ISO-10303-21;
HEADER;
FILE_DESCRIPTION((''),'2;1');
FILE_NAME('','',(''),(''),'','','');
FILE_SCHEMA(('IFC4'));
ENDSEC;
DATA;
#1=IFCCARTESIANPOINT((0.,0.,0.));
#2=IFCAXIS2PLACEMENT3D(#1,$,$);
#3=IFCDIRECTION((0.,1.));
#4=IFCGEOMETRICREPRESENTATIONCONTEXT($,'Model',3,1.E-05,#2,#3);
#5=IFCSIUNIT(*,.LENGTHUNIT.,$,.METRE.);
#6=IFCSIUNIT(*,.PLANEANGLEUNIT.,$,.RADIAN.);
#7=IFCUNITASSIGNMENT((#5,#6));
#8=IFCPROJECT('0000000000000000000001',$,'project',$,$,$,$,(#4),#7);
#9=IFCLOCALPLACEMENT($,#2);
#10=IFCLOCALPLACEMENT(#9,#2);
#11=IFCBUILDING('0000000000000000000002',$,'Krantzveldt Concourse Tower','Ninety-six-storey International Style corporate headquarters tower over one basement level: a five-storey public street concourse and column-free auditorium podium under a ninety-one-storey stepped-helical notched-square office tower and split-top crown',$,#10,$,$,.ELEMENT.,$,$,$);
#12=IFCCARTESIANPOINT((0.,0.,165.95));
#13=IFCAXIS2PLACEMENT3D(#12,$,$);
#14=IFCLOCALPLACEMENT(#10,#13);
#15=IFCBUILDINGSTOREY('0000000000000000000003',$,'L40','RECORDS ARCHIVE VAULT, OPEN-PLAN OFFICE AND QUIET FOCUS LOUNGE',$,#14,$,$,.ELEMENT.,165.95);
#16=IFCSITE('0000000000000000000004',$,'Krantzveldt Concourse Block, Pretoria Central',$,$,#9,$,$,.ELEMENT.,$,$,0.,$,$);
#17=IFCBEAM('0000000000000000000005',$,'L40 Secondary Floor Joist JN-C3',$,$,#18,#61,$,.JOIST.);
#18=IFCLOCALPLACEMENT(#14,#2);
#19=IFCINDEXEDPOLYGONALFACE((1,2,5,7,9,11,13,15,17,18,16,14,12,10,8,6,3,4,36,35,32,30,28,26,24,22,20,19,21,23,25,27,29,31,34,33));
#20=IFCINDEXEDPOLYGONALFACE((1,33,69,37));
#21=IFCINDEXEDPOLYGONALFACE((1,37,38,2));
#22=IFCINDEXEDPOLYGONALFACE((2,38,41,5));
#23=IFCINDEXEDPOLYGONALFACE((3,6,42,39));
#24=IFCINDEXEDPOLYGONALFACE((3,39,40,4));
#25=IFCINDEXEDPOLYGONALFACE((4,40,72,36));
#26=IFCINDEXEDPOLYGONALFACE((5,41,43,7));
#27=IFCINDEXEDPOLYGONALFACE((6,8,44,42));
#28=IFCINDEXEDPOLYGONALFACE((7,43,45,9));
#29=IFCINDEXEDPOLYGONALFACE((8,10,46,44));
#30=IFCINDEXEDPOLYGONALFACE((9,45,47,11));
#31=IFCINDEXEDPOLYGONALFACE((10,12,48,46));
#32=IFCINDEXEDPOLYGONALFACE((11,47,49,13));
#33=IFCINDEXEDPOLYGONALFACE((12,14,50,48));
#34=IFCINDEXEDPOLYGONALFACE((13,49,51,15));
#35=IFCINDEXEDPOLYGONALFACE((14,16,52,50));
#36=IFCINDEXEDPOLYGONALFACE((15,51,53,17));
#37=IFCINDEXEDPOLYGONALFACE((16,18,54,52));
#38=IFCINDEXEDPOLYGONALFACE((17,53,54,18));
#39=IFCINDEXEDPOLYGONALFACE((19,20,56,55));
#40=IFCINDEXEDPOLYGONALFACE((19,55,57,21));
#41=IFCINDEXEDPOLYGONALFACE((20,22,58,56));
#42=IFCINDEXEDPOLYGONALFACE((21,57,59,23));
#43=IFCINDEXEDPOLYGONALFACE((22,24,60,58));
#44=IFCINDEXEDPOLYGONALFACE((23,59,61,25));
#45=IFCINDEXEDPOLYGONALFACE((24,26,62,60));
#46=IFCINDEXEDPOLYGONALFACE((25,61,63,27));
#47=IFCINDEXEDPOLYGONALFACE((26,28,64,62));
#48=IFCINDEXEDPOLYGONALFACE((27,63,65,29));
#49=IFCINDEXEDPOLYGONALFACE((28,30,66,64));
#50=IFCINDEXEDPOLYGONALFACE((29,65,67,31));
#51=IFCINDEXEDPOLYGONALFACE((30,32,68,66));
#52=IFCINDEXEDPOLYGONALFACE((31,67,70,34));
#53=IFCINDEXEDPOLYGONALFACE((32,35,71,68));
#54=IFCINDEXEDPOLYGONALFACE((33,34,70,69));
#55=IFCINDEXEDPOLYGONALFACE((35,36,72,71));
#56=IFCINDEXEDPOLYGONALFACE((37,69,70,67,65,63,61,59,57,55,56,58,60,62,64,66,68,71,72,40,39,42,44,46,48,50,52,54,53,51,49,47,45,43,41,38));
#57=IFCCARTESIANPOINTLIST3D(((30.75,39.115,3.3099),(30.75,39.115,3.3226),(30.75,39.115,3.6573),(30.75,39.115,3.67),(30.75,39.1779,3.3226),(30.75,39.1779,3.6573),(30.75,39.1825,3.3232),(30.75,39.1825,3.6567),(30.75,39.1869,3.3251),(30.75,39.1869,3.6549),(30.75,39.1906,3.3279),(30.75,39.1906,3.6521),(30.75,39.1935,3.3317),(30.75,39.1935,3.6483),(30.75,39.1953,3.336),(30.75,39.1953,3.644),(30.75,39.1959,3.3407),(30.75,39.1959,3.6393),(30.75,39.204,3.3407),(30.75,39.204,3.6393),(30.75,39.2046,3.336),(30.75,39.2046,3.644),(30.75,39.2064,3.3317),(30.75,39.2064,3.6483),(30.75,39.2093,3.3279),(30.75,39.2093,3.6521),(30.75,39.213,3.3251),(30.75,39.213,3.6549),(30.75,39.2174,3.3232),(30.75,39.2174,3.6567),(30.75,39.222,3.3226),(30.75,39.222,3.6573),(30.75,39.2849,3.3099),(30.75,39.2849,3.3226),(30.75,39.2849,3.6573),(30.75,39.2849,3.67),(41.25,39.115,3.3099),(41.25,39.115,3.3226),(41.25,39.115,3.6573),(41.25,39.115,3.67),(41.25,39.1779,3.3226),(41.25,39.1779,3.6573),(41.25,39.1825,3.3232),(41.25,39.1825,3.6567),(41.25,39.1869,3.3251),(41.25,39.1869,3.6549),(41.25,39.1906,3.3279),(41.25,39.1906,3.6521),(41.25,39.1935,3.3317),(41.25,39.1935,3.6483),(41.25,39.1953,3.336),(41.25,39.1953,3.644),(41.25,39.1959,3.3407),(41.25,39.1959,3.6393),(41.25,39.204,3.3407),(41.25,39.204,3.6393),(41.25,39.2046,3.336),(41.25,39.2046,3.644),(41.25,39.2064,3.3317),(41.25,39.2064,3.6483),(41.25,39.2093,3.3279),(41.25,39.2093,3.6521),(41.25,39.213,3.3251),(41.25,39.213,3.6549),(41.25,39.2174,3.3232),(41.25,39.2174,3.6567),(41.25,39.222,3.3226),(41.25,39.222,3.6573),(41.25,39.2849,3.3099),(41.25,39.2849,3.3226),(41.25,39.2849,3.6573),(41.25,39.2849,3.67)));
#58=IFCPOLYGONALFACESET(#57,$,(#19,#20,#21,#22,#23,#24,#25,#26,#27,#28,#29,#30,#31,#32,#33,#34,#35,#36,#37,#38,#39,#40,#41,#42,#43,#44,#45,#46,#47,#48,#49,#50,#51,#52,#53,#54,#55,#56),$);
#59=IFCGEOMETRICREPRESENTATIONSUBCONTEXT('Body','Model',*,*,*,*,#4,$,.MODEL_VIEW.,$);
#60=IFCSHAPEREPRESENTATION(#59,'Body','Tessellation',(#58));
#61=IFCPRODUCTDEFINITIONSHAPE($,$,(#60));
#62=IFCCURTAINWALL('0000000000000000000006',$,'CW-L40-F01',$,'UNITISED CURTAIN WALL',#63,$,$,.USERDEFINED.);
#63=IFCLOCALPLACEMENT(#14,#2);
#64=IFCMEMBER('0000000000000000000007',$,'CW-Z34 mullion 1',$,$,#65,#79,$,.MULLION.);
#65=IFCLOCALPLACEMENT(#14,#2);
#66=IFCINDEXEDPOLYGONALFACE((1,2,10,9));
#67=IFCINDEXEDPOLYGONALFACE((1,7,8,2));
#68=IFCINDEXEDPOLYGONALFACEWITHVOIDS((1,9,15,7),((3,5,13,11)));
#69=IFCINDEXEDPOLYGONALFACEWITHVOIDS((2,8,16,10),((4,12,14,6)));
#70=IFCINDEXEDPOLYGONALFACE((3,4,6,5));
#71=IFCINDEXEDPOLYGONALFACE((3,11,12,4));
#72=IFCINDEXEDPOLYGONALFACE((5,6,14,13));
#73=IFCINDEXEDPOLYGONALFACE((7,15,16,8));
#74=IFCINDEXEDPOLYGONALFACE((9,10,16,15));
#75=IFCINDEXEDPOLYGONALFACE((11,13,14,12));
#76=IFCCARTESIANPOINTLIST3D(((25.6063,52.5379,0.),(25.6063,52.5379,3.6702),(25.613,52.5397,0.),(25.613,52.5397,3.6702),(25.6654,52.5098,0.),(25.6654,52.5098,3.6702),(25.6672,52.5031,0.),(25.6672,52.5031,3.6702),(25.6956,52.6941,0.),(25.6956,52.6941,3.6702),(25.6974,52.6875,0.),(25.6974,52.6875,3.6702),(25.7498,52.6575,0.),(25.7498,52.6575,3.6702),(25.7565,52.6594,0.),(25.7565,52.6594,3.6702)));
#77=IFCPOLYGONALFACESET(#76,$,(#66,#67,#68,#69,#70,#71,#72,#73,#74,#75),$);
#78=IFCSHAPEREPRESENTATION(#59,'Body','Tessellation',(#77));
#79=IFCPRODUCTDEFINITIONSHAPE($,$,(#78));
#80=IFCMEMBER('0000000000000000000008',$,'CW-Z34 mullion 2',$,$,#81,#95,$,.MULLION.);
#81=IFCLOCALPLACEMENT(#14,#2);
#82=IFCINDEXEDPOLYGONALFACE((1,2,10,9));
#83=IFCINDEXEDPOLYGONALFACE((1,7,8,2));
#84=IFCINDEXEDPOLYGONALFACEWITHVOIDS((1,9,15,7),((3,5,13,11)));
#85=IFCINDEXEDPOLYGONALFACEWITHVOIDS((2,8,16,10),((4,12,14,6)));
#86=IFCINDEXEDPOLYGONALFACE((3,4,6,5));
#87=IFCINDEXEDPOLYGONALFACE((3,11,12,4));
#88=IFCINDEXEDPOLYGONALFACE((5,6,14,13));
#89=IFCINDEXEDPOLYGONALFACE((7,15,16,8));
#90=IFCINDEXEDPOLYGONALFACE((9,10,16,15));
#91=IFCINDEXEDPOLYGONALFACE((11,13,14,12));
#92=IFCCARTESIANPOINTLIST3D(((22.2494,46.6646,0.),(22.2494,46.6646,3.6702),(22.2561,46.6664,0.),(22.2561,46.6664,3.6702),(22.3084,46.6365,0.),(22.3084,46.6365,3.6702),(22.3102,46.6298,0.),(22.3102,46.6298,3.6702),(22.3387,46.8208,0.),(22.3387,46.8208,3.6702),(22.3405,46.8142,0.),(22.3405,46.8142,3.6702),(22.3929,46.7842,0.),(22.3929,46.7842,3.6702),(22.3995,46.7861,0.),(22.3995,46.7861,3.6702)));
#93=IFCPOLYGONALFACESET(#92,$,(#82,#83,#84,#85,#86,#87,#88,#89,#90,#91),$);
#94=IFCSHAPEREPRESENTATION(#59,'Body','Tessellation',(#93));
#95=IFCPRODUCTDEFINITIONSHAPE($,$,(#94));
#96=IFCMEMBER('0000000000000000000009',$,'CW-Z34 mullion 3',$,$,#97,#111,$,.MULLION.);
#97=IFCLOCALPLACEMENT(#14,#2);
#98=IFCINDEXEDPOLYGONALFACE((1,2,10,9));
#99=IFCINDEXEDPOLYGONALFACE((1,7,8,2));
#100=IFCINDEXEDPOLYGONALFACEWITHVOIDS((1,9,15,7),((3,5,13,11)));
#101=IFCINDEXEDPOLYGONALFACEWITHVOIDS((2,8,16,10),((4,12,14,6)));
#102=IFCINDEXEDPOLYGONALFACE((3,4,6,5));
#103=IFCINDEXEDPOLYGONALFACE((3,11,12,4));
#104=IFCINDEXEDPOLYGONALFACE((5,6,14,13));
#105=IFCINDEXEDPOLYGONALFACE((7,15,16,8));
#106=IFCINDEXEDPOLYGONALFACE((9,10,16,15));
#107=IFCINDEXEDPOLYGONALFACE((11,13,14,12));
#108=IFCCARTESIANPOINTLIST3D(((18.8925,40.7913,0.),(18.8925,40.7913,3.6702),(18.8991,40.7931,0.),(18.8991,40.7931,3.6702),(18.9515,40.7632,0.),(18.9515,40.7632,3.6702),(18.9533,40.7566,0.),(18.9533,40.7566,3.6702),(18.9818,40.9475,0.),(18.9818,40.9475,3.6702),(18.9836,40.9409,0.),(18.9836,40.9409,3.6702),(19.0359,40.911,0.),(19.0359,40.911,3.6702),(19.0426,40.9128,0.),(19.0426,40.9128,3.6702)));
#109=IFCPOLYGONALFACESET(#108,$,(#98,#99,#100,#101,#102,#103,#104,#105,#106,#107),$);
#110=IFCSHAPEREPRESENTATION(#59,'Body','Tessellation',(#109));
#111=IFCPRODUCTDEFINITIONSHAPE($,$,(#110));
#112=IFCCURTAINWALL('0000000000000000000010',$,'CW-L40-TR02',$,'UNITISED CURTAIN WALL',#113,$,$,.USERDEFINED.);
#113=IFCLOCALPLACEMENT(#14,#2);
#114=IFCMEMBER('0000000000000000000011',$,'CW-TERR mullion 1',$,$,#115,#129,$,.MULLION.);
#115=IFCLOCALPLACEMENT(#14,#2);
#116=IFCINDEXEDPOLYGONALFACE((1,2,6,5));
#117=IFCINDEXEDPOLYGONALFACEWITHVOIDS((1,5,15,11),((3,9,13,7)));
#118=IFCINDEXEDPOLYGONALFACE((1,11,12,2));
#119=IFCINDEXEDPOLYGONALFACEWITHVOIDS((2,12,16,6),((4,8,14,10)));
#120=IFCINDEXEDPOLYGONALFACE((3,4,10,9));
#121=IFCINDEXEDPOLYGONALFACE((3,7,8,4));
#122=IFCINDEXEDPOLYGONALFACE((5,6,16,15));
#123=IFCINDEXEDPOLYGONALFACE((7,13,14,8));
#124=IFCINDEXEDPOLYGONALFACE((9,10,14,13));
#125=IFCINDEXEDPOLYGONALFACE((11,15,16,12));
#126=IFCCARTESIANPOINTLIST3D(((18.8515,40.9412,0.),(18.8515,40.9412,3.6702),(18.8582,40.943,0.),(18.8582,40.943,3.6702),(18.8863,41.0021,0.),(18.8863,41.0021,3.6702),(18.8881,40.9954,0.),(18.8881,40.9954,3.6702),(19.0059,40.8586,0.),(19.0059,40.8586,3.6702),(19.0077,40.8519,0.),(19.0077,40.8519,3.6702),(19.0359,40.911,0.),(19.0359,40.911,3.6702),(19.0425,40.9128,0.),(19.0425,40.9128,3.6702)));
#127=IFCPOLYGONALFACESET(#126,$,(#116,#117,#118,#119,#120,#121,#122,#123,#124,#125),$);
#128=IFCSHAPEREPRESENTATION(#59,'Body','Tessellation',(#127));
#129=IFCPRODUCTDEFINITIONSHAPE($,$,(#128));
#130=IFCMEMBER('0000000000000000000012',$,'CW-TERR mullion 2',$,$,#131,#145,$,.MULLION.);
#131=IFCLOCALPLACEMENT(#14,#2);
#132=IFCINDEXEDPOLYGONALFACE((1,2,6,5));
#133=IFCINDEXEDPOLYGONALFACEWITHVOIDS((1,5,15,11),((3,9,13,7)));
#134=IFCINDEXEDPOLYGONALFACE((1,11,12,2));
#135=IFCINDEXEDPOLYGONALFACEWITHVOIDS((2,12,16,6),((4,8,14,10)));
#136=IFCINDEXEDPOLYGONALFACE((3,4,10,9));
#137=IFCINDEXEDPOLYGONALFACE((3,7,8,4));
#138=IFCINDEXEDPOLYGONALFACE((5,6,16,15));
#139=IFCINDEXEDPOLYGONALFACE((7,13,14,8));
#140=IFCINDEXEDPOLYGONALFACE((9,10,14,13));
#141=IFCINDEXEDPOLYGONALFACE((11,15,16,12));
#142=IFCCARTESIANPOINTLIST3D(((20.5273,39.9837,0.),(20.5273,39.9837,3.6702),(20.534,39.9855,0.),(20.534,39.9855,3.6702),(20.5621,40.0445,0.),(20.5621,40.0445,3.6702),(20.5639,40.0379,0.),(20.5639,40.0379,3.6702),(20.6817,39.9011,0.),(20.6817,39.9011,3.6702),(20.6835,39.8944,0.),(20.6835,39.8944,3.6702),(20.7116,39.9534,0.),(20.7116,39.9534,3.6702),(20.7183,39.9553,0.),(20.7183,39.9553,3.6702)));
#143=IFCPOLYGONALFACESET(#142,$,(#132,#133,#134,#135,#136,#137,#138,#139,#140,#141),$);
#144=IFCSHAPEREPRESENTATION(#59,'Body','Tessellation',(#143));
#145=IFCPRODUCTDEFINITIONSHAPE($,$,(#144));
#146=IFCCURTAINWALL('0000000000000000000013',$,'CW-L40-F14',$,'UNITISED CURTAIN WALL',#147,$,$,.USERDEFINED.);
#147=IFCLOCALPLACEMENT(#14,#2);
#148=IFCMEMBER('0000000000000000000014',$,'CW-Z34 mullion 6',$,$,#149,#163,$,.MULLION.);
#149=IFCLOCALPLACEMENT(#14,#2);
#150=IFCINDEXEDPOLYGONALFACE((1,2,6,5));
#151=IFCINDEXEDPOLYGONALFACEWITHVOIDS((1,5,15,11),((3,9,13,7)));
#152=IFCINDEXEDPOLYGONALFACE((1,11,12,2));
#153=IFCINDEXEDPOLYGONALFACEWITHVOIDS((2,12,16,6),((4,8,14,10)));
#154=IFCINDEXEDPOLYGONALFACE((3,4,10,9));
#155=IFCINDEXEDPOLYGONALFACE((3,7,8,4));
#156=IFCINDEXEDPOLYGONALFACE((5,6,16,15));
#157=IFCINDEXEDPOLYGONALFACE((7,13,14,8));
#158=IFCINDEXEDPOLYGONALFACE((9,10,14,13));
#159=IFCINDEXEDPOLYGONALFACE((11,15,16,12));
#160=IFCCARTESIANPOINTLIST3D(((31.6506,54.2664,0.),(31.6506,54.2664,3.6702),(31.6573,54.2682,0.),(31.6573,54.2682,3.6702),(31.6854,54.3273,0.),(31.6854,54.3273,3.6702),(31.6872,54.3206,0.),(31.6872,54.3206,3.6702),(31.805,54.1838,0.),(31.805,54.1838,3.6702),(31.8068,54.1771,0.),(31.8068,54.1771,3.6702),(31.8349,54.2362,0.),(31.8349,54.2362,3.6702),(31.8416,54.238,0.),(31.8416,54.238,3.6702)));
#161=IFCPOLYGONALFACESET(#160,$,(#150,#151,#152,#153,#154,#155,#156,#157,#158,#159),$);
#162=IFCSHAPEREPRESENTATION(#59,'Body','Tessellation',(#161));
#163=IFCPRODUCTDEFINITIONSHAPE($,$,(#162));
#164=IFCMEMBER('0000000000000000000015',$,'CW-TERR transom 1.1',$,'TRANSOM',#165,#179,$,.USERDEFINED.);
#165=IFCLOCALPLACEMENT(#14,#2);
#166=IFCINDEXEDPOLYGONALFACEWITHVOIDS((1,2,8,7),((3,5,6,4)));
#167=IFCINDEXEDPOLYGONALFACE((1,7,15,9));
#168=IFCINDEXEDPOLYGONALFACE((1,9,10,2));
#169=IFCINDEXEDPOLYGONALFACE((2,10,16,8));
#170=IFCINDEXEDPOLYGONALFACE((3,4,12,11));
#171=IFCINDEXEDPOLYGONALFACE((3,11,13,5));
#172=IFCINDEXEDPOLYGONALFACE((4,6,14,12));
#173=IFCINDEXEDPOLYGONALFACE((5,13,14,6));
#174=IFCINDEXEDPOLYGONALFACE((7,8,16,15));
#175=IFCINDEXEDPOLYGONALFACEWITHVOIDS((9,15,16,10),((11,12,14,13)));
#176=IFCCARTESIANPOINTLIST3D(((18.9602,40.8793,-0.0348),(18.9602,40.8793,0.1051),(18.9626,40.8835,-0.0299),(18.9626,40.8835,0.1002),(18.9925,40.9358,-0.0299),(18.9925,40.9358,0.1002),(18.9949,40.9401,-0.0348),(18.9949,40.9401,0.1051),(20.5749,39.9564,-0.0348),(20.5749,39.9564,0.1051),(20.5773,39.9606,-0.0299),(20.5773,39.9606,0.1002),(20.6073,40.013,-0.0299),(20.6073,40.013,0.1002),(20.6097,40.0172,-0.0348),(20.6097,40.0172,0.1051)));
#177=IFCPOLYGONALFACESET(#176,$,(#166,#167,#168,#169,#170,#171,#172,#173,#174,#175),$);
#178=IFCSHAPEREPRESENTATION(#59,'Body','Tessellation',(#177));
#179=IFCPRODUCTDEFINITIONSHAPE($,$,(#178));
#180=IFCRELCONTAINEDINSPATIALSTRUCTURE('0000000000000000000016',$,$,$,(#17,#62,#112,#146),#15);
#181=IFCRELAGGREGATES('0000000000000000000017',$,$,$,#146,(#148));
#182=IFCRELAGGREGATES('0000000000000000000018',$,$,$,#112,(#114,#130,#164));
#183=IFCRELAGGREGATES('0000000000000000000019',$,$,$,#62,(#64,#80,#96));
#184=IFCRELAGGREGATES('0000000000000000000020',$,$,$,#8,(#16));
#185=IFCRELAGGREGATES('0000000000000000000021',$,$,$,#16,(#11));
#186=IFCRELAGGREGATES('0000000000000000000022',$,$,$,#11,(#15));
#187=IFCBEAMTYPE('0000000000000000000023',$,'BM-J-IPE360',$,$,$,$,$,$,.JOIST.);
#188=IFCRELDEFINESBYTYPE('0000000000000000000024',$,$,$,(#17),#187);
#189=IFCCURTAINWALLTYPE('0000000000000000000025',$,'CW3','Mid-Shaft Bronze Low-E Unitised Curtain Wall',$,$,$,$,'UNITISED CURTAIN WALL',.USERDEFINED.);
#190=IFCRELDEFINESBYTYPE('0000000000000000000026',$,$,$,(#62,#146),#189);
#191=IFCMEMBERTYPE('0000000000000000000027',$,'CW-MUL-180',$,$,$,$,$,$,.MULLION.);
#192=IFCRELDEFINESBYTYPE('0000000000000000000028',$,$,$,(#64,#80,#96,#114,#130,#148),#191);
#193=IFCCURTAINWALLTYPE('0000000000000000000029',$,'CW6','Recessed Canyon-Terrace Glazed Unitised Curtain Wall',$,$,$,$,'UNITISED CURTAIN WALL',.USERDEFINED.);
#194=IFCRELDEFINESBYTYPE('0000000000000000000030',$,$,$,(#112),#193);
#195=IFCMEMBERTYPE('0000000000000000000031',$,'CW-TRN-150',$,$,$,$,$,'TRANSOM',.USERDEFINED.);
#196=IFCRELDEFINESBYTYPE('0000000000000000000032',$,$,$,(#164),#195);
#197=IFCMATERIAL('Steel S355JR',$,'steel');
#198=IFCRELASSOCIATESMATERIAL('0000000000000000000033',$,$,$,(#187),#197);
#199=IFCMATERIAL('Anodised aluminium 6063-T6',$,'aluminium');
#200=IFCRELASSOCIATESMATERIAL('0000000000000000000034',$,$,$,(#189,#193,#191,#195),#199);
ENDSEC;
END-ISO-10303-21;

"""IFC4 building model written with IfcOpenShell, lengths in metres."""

from ifc_helpers import new_model, si_unit, direction, frame, origin, origin_2d, place, context, subcontext, project, spatial, hollow_rectangle, i_section, extrude, source, transform, mapped, material, material_profile, profile_set, type_object, type_shapes, element, aggregate, save


model = new_model("IFC4")

# Units and contexts
model_context = context("Model", 3, precision=1e-05, world=origin(), true_north=direction((0.0, 1.0)))
body_context = subcontext(model_context, "Body", "Model", "MODEL_VIEW")
ifc_project = project(units=[si_unit("LENGTHUNIT", "METRE"), si_unit("PLANEANGLEUNIT", "RADIAN")], contexts=[model_context])

# Site, building, storey
site_placement = place(None, origin())
site = spatial("IfcSite", under=ifc_project, at=site_placement, Name="Krantzveldt Concourse Block, Pretoria Central", CompositionType="ELEMENT", RefElevation=0.0)
building_placement = place(site_placement, origin())
building = spatial("IfcBuilding", under=site, at=building_placement, Name="Krantzveldt Concourse Tower", Description="Ninety-six-storey International Style corporate headquarters tower over one basement level: a five-storey public street concourse and column-free auditorium podium under a ninety-one-storey stepped-helical notched-square office tower and split-top crown", CompositionType="ELEMENT")
storey_placement = place(building_placement, frame((0.0, 0.0, 165.95)))
storey = spatial("IfcBuildingStorey", under=building, at=storey_placement, Name="L40", Description="RECORDS ARCHIVE VAULT, OPEN-PLAN OFFICE AND QUIET FOCUS LOUNGE", CompositionType="ELEMENT", Elevation=165.95)

# Beam
ifc_material_1 = material(Name="Steel S355JR", Category="steel")
ifc_material_profile_1 = material_profile(ifc_material_1, i_section(OverallWidth=0.1699, OverallDepth=0.3601, WebThickness=0.0081, FlangeThickness=0.0127, FilletRadius=0.0181, at=origin_2d()), Name="Steel S355JR", Category="steel")
ifc_profile_set_1 = profile_set([ifc_material_profile_1], Name="Steel S355JR - IPE 360")
beam_type_1 = type_object("IfcBeamType", Name="BM-J-IPE360", PredefinedType="JOIST", material=ifc_profile_set_1)
shared_shape_1 = source(origin(), body_context, "Body", "SweptSolid", [
    extrude(i_section(OverallWidth=0.1699, OverallDepth=0.3601, WebThickness=0.0081, FlangeThickness=0.0127, FilletRadius=0.0181, at=origin_2d()), origin(), (0.0, 0.0, 1.0), 10.5),
])
type_shapes(beam_type_1, [shared_shape_1])
beam_1_placement = place(storey_placement, frame((30.75, 39.2, 3.49), z_axis=(1.0, 0.0, 0.0), x_axis=(0.0, 1.0, 0.0)))
element("IfcBeam", 1, at=beam_1_placement, inside=storey, type_object=beam_type_1, Name="L40 Secondary Floor Joist JN-C3", PredefinedType="JOIST", context=body_context, shape_type="MappedRepresentation", body=[
    mapped(shared_shape_1, transform((0.0, 0.0, 0.0), x_axis=(1.0, 0.0, 0.0), y_axis=(0.0, 1.0, 0.0), z_axis=(0.0, 0.0, 1.0), scale=1.0)),
])

# Curtain walls, members
ifc_material_2 = material(Name="Anodised aluminium 6063-T6", Category="aluminium")
curtain_wall_type_1 = type_object("IfcCurtainWallType", Name="CW3", Description="Mid-Shaft Bronze Low-E Unitised Curtain Wall", ElementType="UNITISED CURTAIN WALL", PredefinedType="USERDEFINED", material=ifc_material_2)
curtain_wall_1_placement = place(storey_placement, origin())
curtain_wall_1 = element("IfcCurtainWall", 2, at=curtain_wall_1_placement, inside=storey, type_object=curtain_wall_type_1, Name="CW-L40-F01", ObjectType="UNITISED CURTAIN WALL", PredefinedType="USERDEFINED")
ifc_material_profile_2 = material_profile(ifc_material_2, hollow_rectangle(XDim=0.0701, YDim=0.1799, WallThickness=0.0049, at=origin_2d()), Name="Anodised aluminium 6063-T6", Category="aluminium")
ifc_profile_set_2 = profile_set([ifc_material_profile_2], Name="Anodised aluminium 6063-T6 - ALU-MULL 180x70x5")
member_type_1 = type_object("IfcMemberType", Name="CW-MUL-180", PredefinedType="MULLION", material=ifc_profile_set_2)
shared_shape_2 = source(origin(), body_context, "Body", "SweptSolid", [
    extrude(hollow_rectangle(XDim=0.0701, YDim=0.1799, WallThickness=0.0049, at=origin_2d()), origin(), (0.0, 0.0, 1.0), 3.6702),
])
type_shapes(member_type_1, [shared_shape_2])
member_1_placement = place(storey_placement, frame((25.6814, 52.5986, 0.0), z_axis=(0.0, 0.0, 1.0), x_axis=(0.868199, -0.496216, 0.0)))
member_1 = element("IfcMember", 3, at=member_1_placement, type_object=member_type_1, Name="CW-Z34 mullion 1", PredefinedType="MULLION", context=body_context, shape_type="MappedRepresentation", body=[
    mapped(shared_shape_2, transform((0.0, 0.0, 0.0), x_axis=(1.0, 0.0, 0.0), y_axis=(0.0, 1.0, 0.0), z_axis=(0.0, 0.0, 1.0), scale=1.0)),
])
member_2_placement = place(storey_placement, frame((22.3245, 46.7253, 0.0), z_axis=(0.0, 0.0, 1.0), x_axis=(0.868199, -0.496216, 0.0)))
member_2 = element("IfcMember", 4, at=member_2_placement, type_object=member_type_1, Name="CW-Z34 mullion 2", PredefinedType="MULLION", context=body_context, shape_type="MappedRepresentation", body=[
    mapped(shared_shape_2, transform((0.0, 0.0, 0.0), x_axis=(1.0, 0.0, 0.0), y_axis=(0.0, 1.0, 0.0), z_axis=(0.0, 0.0, 1.0), scale=1.0)),
])
member_3_placement = place(storey_placement, frame((18.9675, 40.8521, 0.0), z_axis=(0.0, 0.0, 1.0), x_axis=(0.868199, -0.496216, 0.0)))
member_3 = element("IfcMember", 5, at=member_3_placement, type_object=member_type_1, Name="CW-Z34 mullion 3", PredefinedType="MULLION", context=body_context, shape_type="MappedRepresentation", body=[
    mapped(shared_shape_2, transform((0.0, 0.0, 0.0), x_axis=(1.0, 0.0, 0.0), y_axis=(0.0, 1.0, 0.0), z_axis=(0.0, 0.0, 1.0), scale=1.0)),
])
curtain_wall_type_2 = type_object("IfcCurtainWallType", Name="CW6", Description="Recessed Canyon-Terrace Glazed Unitised Curtain Wall", ElementType="UNITISED CURTAIN WALL", PredefinedType="USERDEFINED", material=ifc_material_2)
curtain_wall_2_placement = place(storey_placement, origin())
curtain_wall_2 = element("IfcCurtainWall", 6, at=curtain_wall_2_placement, inside=storey, type_object=curtain_wall_type_2, Name="CW-L40-TR02", ObjectType="UNITISED CURTAIN WALL", PredefinedType="USERDEFINED")
member_4_placement = place(storey_placement, frame((18.947, 40.927, 0.0), z_axis=(0.0, 0.0, 1.0), x_axis=(0.496219, 0.868198, 0.0)))
member_4 = element("IfcMember", 7, at=member_4_placement, type_object=member_type_1, Name="CW-TERR mullion 1", PredefinedType="MULLION", context=body_context, shape_type="MappedRepresentation", body=[
    mapped(shared_shape_2, transform((0.0, 0.0, 0.0), x_axis=(1.0, 0.0, 0.0), y_axis=(0.0, 1.0, 0.0), z_axis=(0.0, 0.0, 1.0), scale=1.0)),
])
member_5_placement = place(storey_placement, frame((20.6228, 39.9695, 0.0), z_axis=(0.0, 0.0, 1.0), x_axis=(0.496219, 0.868198, 0.0)))
member_5 = element("IfcMember", 8, at=member_5_placement, type_object=member_type_1, Name="CW-TERR mullion 2", PredefinedType="MULLION", context=body_context, shape_type="MappedRepresentation", body=[
    mapped(shared_shape_2, transform((0.0, 0.0, 0.0), x_axis=(1.0, 0.0, 0.0), y_axis=(0.0, 1.0, 0.0), z_axis=(0.0, 0.0, 1.0), scale=1.0)),
])

# Curtain wall, member
curtain_wall_3_placement = place(storey_placement, origin())
curtain_wall_3 = element("IfcCurtainWall", 9, at=curtain_wall_3_placement, inside=storey, type_object=curtain_wall_type_1, Name="CW-L40-F14", ObjectType="UNITISED CURTAIN WALL", PredefinedType="USERDEFINED")
member_6_placement = place(storey_placement, frame((31.7461, 54.2522, 0.0), z_axis=(0.0, 0.0, 1.0), x_axis=(-0.496216, -0.868199, 0.0)))
member_6 = element("IfcMember", 10, at=member_6_placement, type_object=member_type_1, Name="CW-Z34 mullion 6", PredefinedType="MULLION", context=body_context, shape_type="MappedRepresentation", body=[
    mapped(shared_shape_2, transform((0.0, 0.0, 0.0), x_axis=(1.0, 0.0, 0.0), y_axis=(0.0, 1.0, 0.0), z_axis=(0.0, 0.0, 1.0), scale=1.0)),
])
aggregate(curtain_wall_3, [member_6])

# Member
ifc_material_profile_3 = material_profile(ifc_material_2, hollow_rectangle(XDim=0.0701, YDim=0.1399, WallThickness=0.0049, at=origin_2d()), Name="Anodised aluminium 6063-T6", Category="aluminium")
ifc_profile_set_3 = profile_set([ifc_material_profile_3], Name="Anodised aluminium 6063-T6 - ALU-TRAN 140x70x5")
member_type_2 = type_object("IfcMemberType", Name="CW-TRN-150", ElementType="TRANSOM", PredefinedType="USERDEFINED", material=ifc_profile_set_3)
shared_shape_3 = source(origin(), body_context, "Body", "SweptSolid", [
    extrude(hollow_rectangle(XDim=0.0701, YDim=0.1399, WallThickness=0.0049, at=origin_2d()), origin(), (0.0, 0.0, 1.0), 1.8599),
])
member_7_placement = place(storey_placement, frame((18.9775, 40.9097, 0.0352), z_axis=(0.868211, -0.496195, 0.0), x_axis=(0.496195, 0.868211, 0.0)))
member_7 = element("IfcMember", 11, at=member_7_placement, type_object=member_type_2, Name="CW-TERR transom 1.1", ObjectType="TRANSOM", PredefinedType="USERDEFINED", context=body_context, shape_type="MappedRepresentation", body=[
    mapped(shared_shape_3, transform((0.0, 0.0, 0.0), x_axis=(1.0, 0.0, 0.0), y_axis=(0.0, 1.0, 0.0), z_axis=(0.0, 0.0, 1.0), scale=1.0)),
])

aggregate(curtain_wall_2, [member_4, member_5, member_7])
aggregate(curtain_wall_1, [member_1, member_2, member_3])

save(model, "model.ifc")
